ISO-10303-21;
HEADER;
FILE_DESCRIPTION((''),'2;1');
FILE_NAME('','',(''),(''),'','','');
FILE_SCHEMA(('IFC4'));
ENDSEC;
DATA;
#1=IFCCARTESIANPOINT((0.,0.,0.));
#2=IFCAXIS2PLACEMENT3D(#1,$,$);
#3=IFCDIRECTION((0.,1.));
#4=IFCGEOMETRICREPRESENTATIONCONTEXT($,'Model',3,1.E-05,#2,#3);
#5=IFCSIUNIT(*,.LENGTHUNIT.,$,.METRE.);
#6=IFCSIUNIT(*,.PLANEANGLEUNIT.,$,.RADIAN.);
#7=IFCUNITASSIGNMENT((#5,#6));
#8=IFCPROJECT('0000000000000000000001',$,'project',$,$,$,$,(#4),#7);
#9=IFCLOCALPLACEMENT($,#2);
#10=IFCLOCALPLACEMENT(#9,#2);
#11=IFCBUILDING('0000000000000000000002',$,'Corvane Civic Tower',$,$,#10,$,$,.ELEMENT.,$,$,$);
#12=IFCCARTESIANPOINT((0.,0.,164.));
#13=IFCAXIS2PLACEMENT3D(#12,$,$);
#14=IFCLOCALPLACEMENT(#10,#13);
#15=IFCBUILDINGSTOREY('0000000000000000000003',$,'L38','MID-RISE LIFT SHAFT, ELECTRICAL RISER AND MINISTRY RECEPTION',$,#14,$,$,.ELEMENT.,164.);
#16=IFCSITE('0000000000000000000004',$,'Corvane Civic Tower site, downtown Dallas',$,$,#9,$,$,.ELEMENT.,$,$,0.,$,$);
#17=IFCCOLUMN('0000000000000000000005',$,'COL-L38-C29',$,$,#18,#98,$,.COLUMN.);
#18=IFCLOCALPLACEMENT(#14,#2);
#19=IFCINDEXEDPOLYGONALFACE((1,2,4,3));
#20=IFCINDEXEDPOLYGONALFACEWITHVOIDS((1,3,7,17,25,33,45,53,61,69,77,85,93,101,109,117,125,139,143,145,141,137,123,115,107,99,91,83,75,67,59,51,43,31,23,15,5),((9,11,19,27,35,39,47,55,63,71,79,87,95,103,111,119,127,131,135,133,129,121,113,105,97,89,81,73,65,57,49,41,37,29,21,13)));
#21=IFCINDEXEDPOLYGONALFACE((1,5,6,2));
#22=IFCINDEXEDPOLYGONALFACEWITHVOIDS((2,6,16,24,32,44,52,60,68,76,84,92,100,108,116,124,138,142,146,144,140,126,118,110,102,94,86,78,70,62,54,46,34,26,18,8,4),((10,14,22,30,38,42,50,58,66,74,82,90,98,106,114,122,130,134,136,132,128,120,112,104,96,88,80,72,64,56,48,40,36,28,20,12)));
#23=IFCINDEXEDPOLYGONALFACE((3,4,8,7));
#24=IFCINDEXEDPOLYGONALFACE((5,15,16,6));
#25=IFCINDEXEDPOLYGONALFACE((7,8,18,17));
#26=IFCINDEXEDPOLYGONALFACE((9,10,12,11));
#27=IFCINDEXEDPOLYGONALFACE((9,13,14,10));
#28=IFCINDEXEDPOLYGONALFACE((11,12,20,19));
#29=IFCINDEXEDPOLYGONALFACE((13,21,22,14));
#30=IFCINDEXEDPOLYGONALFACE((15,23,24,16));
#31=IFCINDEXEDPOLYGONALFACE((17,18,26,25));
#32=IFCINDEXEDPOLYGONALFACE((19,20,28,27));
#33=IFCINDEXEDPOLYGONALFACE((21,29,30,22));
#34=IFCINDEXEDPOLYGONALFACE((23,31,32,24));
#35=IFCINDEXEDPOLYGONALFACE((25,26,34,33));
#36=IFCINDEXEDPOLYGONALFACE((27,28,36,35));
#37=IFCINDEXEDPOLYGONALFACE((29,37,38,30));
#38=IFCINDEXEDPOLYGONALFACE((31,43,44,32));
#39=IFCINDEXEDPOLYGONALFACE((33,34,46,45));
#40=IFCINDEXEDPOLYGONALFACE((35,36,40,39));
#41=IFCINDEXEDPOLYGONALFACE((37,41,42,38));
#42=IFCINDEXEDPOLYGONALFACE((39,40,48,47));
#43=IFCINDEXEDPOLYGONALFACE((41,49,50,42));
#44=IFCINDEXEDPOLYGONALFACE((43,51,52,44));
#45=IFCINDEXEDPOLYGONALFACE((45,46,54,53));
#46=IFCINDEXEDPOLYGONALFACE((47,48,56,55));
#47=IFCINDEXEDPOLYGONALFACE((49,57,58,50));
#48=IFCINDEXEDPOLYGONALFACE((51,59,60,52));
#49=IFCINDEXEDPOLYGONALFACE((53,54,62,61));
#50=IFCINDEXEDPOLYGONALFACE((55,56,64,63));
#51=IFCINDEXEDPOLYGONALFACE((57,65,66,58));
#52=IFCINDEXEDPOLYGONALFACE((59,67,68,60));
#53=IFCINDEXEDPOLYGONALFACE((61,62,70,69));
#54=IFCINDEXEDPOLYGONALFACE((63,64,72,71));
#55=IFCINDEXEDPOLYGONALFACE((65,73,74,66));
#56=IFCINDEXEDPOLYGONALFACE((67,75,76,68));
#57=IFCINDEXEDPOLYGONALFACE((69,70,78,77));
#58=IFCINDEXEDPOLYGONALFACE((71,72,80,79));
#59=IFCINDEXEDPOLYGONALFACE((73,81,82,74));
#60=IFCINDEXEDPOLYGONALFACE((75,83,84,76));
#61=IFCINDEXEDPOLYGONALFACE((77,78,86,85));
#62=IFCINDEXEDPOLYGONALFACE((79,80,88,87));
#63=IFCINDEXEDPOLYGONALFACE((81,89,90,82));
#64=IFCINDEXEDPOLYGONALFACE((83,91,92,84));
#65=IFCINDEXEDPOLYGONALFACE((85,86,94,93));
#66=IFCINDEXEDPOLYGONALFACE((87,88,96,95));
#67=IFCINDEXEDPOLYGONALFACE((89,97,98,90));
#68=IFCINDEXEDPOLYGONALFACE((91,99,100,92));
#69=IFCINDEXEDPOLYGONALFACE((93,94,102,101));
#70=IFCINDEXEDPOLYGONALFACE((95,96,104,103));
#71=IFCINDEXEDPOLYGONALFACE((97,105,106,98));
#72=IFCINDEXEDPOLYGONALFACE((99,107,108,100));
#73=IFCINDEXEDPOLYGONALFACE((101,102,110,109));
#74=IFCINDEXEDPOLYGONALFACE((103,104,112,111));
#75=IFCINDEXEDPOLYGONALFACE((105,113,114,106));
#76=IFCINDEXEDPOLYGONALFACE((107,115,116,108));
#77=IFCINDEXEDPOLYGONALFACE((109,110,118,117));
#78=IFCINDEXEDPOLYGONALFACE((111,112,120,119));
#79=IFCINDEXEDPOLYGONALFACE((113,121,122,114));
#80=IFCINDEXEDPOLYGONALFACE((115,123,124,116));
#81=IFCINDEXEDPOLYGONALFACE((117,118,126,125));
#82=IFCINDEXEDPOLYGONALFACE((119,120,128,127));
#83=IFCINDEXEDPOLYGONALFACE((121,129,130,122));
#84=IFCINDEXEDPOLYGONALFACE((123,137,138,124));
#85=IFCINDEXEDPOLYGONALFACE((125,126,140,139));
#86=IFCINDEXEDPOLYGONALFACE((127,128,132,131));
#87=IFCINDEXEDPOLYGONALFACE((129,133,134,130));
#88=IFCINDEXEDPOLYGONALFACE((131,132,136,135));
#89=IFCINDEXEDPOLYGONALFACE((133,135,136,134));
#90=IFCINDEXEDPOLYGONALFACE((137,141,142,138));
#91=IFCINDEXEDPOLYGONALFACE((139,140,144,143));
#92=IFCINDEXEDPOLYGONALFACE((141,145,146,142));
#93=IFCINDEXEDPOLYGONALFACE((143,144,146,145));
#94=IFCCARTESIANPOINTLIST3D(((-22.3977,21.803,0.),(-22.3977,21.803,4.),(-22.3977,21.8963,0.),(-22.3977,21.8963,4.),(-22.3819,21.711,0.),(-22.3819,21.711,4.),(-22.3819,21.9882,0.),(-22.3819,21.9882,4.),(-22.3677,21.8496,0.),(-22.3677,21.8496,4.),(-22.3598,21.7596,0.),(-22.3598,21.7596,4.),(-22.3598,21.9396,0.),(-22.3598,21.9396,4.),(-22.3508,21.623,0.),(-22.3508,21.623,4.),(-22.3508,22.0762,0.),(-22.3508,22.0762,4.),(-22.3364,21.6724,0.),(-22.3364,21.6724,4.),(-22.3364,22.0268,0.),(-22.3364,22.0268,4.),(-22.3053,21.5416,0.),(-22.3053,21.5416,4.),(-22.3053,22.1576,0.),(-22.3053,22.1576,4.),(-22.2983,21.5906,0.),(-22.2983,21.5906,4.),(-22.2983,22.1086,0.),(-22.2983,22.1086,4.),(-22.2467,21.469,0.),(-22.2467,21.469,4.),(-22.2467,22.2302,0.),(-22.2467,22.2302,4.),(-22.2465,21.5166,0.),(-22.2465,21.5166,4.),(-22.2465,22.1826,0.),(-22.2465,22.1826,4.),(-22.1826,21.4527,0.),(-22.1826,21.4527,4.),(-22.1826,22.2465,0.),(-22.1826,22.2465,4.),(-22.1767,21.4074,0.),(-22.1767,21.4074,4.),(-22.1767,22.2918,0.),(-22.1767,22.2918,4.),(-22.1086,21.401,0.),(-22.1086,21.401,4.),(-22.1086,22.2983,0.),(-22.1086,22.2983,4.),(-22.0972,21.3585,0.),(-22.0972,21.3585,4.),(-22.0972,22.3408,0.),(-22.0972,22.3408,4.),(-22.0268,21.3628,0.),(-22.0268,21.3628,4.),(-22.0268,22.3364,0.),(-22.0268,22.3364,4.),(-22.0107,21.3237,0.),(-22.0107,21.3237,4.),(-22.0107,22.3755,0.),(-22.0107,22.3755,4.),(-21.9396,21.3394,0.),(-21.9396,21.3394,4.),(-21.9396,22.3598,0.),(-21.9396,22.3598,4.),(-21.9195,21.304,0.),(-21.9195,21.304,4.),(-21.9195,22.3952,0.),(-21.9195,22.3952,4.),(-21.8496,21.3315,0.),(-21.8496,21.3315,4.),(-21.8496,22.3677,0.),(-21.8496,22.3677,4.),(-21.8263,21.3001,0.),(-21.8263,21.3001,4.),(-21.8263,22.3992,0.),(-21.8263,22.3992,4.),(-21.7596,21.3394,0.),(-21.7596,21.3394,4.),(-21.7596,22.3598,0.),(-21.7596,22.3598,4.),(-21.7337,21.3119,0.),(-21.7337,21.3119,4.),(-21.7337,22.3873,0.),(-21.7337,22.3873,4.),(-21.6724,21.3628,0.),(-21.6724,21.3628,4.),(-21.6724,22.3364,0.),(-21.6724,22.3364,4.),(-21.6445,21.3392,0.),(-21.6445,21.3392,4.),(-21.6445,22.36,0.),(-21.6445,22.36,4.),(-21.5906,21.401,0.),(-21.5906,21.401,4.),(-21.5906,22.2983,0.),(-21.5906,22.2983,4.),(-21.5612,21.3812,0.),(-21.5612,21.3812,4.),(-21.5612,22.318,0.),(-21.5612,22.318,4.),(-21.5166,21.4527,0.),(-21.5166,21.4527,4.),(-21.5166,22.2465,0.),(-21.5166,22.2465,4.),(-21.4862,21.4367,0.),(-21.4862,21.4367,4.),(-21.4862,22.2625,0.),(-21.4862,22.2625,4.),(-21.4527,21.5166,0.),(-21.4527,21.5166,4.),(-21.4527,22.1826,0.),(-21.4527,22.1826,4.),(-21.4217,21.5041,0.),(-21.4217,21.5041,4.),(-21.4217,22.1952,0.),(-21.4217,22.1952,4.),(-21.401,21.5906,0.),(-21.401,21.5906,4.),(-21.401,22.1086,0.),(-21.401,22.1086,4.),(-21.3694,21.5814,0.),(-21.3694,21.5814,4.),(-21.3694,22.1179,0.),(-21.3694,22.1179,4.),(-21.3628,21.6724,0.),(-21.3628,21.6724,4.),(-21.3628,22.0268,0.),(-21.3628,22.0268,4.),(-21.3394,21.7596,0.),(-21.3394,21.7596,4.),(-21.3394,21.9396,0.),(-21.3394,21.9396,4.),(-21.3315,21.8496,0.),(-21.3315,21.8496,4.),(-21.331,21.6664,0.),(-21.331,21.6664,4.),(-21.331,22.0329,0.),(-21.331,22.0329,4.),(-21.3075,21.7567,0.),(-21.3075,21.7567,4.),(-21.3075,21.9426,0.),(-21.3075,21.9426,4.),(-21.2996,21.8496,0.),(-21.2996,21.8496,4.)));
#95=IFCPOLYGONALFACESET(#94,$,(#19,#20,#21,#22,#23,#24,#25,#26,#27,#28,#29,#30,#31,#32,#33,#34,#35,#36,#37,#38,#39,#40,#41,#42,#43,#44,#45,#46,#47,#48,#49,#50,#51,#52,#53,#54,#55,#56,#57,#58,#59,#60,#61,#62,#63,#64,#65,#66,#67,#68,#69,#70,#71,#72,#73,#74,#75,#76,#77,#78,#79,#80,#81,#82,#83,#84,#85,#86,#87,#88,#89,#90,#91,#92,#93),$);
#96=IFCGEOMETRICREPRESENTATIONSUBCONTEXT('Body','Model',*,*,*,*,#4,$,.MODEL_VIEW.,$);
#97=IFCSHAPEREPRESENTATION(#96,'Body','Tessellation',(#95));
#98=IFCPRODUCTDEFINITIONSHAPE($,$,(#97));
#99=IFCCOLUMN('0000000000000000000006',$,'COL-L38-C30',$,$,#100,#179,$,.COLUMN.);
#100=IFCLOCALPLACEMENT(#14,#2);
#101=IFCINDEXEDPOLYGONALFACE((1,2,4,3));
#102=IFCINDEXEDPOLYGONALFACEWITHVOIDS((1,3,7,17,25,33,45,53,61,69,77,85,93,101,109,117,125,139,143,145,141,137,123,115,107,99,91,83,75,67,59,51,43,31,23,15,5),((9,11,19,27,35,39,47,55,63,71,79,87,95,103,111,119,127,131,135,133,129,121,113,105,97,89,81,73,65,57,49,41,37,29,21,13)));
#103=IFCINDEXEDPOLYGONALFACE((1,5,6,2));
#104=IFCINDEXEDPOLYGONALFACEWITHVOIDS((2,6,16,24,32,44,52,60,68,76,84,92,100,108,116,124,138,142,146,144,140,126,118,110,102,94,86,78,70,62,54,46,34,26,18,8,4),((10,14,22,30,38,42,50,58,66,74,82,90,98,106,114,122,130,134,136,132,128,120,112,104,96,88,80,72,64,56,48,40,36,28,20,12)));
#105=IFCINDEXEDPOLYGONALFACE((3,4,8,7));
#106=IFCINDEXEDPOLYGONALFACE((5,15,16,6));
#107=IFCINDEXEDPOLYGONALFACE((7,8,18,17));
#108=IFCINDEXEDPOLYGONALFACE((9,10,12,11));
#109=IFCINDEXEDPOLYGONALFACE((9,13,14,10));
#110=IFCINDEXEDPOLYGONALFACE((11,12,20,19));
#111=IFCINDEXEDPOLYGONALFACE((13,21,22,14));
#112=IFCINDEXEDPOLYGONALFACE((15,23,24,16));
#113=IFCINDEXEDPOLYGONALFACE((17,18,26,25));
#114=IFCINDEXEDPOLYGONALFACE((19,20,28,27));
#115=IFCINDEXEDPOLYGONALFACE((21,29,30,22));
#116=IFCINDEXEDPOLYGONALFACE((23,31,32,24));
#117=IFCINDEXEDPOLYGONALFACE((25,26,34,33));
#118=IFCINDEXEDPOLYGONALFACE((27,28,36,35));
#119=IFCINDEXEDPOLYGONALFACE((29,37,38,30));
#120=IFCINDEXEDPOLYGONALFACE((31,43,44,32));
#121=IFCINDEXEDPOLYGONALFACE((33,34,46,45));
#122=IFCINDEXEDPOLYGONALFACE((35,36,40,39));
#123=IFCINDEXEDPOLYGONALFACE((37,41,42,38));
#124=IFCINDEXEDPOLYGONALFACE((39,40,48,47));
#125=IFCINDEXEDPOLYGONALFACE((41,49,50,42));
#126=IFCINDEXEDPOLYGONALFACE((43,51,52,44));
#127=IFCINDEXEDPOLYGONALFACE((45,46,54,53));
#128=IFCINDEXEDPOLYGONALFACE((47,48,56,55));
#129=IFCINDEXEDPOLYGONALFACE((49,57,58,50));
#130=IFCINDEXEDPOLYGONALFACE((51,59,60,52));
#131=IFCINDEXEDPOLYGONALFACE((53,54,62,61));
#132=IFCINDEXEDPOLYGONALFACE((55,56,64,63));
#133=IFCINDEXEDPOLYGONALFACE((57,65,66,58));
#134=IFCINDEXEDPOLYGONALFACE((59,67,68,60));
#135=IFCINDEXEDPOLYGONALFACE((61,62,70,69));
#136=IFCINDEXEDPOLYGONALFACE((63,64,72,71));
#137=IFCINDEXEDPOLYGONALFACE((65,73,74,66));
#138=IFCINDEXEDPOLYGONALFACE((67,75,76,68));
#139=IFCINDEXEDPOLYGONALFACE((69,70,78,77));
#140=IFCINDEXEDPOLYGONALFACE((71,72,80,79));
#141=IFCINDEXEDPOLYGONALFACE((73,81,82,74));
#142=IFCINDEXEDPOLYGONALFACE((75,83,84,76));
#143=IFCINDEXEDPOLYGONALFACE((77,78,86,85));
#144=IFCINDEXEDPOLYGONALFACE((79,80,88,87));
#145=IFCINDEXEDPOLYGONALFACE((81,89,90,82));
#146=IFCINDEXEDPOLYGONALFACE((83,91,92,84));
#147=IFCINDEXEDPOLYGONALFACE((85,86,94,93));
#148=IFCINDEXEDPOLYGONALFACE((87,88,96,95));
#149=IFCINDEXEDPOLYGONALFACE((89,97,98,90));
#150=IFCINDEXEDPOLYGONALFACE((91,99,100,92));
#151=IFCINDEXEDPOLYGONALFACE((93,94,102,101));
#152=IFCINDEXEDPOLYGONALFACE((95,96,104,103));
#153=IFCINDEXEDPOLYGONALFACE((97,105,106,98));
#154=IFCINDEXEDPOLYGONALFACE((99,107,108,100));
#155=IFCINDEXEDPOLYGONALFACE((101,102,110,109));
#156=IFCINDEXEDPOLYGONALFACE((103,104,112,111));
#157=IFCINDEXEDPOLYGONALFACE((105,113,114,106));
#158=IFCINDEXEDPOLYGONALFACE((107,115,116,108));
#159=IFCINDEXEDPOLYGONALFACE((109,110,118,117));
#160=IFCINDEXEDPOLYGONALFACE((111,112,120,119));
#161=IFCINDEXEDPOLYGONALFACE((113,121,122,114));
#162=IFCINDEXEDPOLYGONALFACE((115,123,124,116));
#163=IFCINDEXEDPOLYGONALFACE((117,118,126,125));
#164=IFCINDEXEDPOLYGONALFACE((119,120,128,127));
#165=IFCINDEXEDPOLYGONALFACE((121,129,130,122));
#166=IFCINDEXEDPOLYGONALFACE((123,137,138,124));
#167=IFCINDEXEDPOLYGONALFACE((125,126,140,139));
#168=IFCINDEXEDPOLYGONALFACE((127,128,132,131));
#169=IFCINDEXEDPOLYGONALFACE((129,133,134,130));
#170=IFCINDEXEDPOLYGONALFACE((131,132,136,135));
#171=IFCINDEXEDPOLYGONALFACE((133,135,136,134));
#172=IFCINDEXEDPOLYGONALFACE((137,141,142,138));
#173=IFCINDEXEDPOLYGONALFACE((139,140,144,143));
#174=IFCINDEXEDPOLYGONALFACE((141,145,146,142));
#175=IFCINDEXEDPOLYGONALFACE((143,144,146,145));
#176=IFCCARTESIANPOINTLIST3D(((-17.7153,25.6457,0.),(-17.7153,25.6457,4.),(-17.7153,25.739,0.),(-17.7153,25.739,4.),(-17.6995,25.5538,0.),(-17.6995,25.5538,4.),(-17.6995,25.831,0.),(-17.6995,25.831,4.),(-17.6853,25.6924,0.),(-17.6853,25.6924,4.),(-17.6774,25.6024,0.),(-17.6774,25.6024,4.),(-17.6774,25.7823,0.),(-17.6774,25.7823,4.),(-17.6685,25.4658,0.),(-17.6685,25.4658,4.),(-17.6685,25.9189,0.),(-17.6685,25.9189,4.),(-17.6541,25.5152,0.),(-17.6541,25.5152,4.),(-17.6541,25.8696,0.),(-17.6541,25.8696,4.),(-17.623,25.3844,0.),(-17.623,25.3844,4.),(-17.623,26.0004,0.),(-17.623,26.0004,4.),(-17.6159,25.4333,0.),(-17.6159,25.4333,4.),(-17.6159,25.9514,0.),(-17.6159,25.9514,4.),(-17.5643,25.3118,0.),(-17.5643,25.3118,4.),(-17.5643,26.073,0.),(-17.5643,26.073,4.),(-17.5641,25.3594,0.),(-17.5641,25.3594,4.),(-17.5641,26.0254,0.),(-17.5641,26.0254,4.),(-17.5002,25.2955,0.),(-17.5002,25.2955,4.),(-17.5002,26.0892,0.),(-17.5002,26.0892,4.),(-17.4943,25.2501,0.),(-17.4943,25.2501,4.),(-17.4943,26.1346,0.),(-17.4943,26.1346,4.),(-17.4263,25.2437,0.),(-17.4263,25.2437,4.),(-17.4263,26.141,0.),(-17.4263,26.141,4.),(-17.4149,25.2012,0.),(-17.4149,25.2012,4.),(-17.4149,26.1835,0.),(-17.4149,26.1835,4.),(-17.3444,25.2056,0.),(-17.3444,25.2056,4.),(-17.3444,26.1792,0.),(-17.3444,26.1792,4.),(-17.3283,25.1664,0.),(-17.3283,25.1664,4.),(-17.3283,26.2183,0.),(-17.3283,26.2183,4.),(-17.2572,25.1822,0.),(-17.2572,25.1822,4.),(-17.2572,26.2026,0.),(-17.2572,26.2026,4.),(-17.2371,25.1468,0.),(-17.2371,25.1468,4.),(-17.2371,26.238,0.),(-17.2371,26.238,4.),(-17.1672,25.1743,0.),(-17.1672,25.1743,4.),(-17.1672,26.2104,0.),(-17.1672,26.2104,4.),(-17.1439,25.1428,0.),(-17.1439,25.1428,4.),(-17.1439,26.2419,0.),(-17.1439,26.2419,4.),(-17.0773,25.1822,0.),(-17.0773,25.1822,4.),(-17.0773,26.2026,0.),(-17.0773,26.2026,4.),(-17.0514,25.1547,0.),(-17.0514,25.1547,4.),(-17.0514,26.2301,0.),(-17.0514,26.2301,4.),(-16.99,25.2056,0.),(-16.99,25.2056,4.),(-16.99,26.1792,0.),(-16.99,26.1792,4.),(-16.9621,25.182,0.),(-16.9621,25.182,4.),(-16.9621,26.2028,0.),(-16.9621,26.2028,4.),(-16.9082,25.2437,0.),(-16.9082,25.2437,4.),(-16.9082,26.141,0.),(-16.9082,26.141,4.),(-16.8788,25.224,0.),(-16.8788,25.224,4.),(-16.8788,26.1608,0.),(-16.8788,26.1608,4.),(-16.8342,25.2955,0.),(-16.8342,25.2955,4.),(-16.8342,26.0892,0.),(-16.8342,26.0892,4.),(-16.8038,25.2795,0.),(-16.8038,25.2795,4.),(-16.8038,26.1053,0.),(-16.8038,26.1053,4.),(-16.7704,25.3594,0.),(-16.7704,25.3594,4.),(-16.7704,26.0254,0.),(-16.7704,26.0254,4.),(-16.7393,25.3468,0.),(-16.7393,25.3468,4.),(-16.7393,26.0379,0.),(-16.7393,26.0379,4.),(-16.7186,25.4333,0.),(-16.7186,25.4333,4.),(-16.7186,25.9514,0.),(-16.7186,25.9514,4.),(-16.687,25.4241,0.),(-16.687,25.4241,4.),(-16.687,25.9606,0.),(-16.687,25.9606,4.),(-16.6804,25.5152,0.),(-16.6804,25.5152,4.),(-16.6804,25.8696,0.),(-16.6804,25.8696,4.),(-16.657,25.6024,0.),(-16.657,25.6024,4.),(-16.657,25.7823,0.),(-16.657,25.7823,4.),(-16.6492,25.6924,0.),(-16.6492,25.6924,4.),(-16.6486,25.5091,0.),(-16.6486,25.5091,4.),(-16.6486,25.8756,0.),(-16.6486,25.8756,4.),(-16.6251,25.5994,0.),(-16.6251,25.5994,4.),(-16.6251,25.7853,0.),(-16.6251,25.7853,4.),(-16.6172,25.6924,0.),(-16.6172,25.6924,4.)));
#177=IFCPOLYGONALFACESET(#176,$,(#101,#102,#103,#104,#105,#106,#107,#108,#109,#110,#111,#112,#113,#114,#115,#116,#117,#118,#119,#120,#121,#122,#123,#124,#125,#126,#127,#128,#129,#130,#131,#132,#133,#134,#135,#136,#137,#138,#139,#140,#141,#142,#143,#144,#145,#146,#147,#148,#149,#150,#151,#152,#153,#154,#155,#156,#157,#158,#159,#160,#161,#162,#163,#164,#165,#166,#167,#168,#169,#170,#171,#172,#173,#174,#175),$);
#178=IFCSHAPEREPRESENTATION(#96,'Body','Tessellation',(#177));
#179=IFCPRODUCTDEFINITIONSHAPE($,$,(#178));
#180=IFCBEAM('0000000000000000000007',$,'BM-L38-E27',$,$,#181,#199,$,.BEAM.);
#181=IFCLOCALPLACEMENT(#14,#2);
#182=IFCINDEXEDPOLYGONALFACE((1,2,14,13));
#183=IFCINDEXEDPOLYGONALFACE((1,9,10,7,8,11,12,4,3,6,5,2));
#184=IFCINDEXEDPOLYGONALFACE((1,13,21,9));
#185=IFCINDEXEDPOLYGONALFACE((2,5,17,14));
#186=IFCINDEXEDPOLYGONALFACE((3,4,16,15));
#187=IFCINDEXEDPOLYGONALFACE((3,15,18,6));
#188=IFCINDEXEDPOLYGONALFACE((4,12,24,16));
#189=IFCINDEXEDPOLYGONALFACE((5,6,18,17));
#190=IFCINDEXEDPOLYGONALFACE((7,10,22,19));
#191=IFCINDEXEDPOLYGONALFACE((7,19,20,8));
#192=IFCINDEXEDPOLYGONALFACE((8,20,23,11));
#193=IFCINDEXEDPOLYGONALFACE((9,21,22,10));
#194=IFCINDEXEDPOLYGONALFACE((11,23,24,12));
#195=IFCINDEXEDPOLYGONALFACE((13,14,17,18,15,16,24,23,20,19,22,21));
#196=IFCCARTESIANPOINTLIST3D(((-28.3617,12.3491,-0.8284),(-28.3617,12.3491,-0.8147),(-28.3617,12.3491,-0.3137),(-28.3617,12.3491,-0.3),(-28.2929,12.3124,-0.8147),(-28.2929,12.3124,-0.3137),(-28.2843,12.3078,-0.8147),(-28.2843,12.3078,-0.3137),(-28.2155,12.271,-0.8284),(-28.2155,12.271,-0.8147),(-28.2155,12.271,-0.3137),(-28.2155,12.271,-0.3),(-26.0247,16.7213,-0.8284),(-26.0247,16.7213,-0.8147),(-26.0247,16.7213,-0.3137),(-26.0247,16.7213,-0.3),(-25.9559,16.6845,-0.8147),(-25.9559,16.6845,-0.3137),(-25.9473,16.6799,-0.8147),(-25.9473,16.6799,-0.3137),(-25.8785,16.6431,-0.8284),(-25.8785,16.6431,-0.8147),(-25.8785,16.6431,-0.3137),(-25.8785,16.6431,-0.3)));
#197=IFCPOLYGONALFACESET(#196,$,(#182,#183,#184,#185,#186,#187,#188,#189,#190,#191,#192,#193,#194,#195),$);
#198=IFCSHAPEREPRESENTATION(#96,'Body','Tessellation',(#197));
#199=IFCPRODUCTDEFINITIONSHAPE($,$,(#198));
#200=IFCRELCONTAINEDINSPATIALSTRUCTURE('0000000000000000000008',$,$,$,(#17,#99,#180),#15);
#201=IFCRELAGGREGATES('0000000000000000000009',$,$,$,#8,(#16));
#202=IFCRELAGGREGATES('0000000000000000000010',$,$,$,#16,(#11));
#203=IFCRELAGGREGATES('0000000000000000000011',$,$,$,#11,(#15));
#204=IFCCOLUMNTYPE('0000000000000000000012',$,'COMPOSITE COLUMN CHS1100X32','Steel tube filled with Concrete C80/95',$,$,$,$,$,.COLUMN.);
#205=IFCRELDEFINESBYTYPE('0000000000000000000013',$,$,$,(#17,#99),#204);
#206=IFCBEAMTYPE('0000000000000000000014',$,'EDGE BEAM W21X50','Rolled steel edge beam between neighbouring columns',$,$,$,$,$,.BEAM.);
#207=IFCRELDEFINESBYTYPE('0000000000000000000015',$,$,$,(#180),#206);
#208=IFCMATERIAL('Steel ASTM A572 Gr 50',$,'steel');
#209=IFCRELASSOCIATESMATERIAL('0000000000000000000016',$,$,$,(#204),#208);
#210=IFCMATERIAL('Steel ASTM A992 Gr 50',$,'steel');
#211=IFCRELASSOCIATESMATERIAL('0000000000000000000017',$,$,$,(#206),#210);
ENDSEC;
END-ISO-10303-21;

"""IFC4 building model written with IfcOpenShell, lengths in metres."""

from ifc_helpers import new_model, si_unit, direction, frame, origin, origin_2d, place, context, subcontext, project, spatial, hollow_circle, i_section, extrude, material, material_profile, profile_set, type_object, element, save


model = new_model("IFC4")

# Units and contexts
model_context = context("Model", 3, precision=1e-05, world=origin(), true_north=direction((0.0, 1.0)))
body_context = subcontext(model_context, "Body", "Model", "MODEL_VIEW")
ifc_project = project(units=[si_unit("LENGTHUNIT", "METRE"), si_unit("PLANEANGLEUNIT", "RADIAN")], contexts=[model_context])

# Site, building, storey
site_placement = place(None, origin())
site = spatial("IfcSite", under=ifc_project, at=site_placement, Name="Corvane Civic Tower site, downtown Dallas", CompositionType="ELEMENT", RefElevation=0.0)
building_placement = place(site_placement, origin())
building = spatial("IfcBuilding", under=site, at=building_placement, Name="Corvane Civic Tower", CompositionType="ELEMENT")
storey_placement = place(building_placement, frame((0.0, 0.0, 164.0)))
storey = spatial("IfcBuildingStorey", under=building, at=storey_placement, Name="L38", Description="MID-RISE LIFT SHAFT, ELECTRICAL RISER AND MINISTRY RECEPTION", CompositionType="ELEMENT", Elevation=164.0)

# Columns
ifc_material_1 = material(Name="Steel ASTM A572 Gr 50", Category="steel")
ifc_material_profile_1 = material_profile(ifc_material_1, hollow_circle(Radius=0.55, WallThickness=0.032, at=origin_2d()), Name="CHS1100X32")
ifc_profile_set_1 = profile_set([ifc_material_profile_1], Name="Steel ASTM A572 Gr 50")
column_type = type_object("IfcColumnType", Name="COMPOSITE COLUMN CHS1100X32", Description="Steel tube filled with Concrete C80/95", PredefinedType="COLUMN", material=ifc_profile_set_1)
for number, where, z_axis, x_axis, name in (
    (1, (-21.8496, 21.8496, 0.0), (0.0, 0.0, 1.0), (1.0, 0.0, 0.0), "COL-L38-C29"),
    (2, (-17.1672, 25.6924, 0.0), (0.0, 0.0, 1.0), (1.0, 0.0, 0.0), "COL-L38-C30"),
):
    element("IfcColumn", number, at=place(storey_placement, frame(where, z_axis=z_axis, x_axis=x_axis)), inside=storey, type_object=column_type, Name=name, PredefinedType="COLUMN", context=body_context, shape_type="SweptSolid", body=[
        extrude(hollow_circle(Radius=0.55, WallThickness=0.032, at=origin_2d()), origin(), (0.0, 0.0, 1.0), 4.0),
    ])

# Beam
ifc_material_2 = material(Name="Steel ASTM A992 Gr 50", Category="steel")
ifc_material_profile_2 = material_profile(ifc_material_2, i_section(OverallWidth=0.1658, OverallDepth=0.5283, WebThickness=0.0098, FlangeThickness=0.0137, at=origin_2d()), Name="W21X50")
ifc_profile_set_2 = profile_set([ifc_material_profile_2], Name="Steel ASTM A992 Gr 50")
beam_type = type_object("IfcBeamType", Name="EDGE BEAM W21X50", Description="Rolled steel edge beam between neighbouring columns", PredefinedType="BEAM", material=ifc_profile_set_2)
for number, where, z_axis, x_axis, name in (
    (3, (-28.2886, 12.3101, -0.5642), (0.471396, 0.881922, 0.0), (-0.881922, 0.471396, 0.0), "BM-L38-E27"),
):
    element("IfcBeam", number, at=place(storey_placement, frame(where, z_axis=z_axis, x_axis=x_axis)), inside=storey, type_object=beam_type, Name=name, PredefinedType="BEAM", context=body_context, shape_type="SweptSolid", body=[
        extrude(i_section(OverallWidth=0.1658, OverallDepth=0.5283, WebThickness=0.0098, FlangeThickness=0.0137, at=origin_2d()), origin(), (0.0, 0.0, 1.0), 4.9575),
    ])

save(model, "model.ifc")
